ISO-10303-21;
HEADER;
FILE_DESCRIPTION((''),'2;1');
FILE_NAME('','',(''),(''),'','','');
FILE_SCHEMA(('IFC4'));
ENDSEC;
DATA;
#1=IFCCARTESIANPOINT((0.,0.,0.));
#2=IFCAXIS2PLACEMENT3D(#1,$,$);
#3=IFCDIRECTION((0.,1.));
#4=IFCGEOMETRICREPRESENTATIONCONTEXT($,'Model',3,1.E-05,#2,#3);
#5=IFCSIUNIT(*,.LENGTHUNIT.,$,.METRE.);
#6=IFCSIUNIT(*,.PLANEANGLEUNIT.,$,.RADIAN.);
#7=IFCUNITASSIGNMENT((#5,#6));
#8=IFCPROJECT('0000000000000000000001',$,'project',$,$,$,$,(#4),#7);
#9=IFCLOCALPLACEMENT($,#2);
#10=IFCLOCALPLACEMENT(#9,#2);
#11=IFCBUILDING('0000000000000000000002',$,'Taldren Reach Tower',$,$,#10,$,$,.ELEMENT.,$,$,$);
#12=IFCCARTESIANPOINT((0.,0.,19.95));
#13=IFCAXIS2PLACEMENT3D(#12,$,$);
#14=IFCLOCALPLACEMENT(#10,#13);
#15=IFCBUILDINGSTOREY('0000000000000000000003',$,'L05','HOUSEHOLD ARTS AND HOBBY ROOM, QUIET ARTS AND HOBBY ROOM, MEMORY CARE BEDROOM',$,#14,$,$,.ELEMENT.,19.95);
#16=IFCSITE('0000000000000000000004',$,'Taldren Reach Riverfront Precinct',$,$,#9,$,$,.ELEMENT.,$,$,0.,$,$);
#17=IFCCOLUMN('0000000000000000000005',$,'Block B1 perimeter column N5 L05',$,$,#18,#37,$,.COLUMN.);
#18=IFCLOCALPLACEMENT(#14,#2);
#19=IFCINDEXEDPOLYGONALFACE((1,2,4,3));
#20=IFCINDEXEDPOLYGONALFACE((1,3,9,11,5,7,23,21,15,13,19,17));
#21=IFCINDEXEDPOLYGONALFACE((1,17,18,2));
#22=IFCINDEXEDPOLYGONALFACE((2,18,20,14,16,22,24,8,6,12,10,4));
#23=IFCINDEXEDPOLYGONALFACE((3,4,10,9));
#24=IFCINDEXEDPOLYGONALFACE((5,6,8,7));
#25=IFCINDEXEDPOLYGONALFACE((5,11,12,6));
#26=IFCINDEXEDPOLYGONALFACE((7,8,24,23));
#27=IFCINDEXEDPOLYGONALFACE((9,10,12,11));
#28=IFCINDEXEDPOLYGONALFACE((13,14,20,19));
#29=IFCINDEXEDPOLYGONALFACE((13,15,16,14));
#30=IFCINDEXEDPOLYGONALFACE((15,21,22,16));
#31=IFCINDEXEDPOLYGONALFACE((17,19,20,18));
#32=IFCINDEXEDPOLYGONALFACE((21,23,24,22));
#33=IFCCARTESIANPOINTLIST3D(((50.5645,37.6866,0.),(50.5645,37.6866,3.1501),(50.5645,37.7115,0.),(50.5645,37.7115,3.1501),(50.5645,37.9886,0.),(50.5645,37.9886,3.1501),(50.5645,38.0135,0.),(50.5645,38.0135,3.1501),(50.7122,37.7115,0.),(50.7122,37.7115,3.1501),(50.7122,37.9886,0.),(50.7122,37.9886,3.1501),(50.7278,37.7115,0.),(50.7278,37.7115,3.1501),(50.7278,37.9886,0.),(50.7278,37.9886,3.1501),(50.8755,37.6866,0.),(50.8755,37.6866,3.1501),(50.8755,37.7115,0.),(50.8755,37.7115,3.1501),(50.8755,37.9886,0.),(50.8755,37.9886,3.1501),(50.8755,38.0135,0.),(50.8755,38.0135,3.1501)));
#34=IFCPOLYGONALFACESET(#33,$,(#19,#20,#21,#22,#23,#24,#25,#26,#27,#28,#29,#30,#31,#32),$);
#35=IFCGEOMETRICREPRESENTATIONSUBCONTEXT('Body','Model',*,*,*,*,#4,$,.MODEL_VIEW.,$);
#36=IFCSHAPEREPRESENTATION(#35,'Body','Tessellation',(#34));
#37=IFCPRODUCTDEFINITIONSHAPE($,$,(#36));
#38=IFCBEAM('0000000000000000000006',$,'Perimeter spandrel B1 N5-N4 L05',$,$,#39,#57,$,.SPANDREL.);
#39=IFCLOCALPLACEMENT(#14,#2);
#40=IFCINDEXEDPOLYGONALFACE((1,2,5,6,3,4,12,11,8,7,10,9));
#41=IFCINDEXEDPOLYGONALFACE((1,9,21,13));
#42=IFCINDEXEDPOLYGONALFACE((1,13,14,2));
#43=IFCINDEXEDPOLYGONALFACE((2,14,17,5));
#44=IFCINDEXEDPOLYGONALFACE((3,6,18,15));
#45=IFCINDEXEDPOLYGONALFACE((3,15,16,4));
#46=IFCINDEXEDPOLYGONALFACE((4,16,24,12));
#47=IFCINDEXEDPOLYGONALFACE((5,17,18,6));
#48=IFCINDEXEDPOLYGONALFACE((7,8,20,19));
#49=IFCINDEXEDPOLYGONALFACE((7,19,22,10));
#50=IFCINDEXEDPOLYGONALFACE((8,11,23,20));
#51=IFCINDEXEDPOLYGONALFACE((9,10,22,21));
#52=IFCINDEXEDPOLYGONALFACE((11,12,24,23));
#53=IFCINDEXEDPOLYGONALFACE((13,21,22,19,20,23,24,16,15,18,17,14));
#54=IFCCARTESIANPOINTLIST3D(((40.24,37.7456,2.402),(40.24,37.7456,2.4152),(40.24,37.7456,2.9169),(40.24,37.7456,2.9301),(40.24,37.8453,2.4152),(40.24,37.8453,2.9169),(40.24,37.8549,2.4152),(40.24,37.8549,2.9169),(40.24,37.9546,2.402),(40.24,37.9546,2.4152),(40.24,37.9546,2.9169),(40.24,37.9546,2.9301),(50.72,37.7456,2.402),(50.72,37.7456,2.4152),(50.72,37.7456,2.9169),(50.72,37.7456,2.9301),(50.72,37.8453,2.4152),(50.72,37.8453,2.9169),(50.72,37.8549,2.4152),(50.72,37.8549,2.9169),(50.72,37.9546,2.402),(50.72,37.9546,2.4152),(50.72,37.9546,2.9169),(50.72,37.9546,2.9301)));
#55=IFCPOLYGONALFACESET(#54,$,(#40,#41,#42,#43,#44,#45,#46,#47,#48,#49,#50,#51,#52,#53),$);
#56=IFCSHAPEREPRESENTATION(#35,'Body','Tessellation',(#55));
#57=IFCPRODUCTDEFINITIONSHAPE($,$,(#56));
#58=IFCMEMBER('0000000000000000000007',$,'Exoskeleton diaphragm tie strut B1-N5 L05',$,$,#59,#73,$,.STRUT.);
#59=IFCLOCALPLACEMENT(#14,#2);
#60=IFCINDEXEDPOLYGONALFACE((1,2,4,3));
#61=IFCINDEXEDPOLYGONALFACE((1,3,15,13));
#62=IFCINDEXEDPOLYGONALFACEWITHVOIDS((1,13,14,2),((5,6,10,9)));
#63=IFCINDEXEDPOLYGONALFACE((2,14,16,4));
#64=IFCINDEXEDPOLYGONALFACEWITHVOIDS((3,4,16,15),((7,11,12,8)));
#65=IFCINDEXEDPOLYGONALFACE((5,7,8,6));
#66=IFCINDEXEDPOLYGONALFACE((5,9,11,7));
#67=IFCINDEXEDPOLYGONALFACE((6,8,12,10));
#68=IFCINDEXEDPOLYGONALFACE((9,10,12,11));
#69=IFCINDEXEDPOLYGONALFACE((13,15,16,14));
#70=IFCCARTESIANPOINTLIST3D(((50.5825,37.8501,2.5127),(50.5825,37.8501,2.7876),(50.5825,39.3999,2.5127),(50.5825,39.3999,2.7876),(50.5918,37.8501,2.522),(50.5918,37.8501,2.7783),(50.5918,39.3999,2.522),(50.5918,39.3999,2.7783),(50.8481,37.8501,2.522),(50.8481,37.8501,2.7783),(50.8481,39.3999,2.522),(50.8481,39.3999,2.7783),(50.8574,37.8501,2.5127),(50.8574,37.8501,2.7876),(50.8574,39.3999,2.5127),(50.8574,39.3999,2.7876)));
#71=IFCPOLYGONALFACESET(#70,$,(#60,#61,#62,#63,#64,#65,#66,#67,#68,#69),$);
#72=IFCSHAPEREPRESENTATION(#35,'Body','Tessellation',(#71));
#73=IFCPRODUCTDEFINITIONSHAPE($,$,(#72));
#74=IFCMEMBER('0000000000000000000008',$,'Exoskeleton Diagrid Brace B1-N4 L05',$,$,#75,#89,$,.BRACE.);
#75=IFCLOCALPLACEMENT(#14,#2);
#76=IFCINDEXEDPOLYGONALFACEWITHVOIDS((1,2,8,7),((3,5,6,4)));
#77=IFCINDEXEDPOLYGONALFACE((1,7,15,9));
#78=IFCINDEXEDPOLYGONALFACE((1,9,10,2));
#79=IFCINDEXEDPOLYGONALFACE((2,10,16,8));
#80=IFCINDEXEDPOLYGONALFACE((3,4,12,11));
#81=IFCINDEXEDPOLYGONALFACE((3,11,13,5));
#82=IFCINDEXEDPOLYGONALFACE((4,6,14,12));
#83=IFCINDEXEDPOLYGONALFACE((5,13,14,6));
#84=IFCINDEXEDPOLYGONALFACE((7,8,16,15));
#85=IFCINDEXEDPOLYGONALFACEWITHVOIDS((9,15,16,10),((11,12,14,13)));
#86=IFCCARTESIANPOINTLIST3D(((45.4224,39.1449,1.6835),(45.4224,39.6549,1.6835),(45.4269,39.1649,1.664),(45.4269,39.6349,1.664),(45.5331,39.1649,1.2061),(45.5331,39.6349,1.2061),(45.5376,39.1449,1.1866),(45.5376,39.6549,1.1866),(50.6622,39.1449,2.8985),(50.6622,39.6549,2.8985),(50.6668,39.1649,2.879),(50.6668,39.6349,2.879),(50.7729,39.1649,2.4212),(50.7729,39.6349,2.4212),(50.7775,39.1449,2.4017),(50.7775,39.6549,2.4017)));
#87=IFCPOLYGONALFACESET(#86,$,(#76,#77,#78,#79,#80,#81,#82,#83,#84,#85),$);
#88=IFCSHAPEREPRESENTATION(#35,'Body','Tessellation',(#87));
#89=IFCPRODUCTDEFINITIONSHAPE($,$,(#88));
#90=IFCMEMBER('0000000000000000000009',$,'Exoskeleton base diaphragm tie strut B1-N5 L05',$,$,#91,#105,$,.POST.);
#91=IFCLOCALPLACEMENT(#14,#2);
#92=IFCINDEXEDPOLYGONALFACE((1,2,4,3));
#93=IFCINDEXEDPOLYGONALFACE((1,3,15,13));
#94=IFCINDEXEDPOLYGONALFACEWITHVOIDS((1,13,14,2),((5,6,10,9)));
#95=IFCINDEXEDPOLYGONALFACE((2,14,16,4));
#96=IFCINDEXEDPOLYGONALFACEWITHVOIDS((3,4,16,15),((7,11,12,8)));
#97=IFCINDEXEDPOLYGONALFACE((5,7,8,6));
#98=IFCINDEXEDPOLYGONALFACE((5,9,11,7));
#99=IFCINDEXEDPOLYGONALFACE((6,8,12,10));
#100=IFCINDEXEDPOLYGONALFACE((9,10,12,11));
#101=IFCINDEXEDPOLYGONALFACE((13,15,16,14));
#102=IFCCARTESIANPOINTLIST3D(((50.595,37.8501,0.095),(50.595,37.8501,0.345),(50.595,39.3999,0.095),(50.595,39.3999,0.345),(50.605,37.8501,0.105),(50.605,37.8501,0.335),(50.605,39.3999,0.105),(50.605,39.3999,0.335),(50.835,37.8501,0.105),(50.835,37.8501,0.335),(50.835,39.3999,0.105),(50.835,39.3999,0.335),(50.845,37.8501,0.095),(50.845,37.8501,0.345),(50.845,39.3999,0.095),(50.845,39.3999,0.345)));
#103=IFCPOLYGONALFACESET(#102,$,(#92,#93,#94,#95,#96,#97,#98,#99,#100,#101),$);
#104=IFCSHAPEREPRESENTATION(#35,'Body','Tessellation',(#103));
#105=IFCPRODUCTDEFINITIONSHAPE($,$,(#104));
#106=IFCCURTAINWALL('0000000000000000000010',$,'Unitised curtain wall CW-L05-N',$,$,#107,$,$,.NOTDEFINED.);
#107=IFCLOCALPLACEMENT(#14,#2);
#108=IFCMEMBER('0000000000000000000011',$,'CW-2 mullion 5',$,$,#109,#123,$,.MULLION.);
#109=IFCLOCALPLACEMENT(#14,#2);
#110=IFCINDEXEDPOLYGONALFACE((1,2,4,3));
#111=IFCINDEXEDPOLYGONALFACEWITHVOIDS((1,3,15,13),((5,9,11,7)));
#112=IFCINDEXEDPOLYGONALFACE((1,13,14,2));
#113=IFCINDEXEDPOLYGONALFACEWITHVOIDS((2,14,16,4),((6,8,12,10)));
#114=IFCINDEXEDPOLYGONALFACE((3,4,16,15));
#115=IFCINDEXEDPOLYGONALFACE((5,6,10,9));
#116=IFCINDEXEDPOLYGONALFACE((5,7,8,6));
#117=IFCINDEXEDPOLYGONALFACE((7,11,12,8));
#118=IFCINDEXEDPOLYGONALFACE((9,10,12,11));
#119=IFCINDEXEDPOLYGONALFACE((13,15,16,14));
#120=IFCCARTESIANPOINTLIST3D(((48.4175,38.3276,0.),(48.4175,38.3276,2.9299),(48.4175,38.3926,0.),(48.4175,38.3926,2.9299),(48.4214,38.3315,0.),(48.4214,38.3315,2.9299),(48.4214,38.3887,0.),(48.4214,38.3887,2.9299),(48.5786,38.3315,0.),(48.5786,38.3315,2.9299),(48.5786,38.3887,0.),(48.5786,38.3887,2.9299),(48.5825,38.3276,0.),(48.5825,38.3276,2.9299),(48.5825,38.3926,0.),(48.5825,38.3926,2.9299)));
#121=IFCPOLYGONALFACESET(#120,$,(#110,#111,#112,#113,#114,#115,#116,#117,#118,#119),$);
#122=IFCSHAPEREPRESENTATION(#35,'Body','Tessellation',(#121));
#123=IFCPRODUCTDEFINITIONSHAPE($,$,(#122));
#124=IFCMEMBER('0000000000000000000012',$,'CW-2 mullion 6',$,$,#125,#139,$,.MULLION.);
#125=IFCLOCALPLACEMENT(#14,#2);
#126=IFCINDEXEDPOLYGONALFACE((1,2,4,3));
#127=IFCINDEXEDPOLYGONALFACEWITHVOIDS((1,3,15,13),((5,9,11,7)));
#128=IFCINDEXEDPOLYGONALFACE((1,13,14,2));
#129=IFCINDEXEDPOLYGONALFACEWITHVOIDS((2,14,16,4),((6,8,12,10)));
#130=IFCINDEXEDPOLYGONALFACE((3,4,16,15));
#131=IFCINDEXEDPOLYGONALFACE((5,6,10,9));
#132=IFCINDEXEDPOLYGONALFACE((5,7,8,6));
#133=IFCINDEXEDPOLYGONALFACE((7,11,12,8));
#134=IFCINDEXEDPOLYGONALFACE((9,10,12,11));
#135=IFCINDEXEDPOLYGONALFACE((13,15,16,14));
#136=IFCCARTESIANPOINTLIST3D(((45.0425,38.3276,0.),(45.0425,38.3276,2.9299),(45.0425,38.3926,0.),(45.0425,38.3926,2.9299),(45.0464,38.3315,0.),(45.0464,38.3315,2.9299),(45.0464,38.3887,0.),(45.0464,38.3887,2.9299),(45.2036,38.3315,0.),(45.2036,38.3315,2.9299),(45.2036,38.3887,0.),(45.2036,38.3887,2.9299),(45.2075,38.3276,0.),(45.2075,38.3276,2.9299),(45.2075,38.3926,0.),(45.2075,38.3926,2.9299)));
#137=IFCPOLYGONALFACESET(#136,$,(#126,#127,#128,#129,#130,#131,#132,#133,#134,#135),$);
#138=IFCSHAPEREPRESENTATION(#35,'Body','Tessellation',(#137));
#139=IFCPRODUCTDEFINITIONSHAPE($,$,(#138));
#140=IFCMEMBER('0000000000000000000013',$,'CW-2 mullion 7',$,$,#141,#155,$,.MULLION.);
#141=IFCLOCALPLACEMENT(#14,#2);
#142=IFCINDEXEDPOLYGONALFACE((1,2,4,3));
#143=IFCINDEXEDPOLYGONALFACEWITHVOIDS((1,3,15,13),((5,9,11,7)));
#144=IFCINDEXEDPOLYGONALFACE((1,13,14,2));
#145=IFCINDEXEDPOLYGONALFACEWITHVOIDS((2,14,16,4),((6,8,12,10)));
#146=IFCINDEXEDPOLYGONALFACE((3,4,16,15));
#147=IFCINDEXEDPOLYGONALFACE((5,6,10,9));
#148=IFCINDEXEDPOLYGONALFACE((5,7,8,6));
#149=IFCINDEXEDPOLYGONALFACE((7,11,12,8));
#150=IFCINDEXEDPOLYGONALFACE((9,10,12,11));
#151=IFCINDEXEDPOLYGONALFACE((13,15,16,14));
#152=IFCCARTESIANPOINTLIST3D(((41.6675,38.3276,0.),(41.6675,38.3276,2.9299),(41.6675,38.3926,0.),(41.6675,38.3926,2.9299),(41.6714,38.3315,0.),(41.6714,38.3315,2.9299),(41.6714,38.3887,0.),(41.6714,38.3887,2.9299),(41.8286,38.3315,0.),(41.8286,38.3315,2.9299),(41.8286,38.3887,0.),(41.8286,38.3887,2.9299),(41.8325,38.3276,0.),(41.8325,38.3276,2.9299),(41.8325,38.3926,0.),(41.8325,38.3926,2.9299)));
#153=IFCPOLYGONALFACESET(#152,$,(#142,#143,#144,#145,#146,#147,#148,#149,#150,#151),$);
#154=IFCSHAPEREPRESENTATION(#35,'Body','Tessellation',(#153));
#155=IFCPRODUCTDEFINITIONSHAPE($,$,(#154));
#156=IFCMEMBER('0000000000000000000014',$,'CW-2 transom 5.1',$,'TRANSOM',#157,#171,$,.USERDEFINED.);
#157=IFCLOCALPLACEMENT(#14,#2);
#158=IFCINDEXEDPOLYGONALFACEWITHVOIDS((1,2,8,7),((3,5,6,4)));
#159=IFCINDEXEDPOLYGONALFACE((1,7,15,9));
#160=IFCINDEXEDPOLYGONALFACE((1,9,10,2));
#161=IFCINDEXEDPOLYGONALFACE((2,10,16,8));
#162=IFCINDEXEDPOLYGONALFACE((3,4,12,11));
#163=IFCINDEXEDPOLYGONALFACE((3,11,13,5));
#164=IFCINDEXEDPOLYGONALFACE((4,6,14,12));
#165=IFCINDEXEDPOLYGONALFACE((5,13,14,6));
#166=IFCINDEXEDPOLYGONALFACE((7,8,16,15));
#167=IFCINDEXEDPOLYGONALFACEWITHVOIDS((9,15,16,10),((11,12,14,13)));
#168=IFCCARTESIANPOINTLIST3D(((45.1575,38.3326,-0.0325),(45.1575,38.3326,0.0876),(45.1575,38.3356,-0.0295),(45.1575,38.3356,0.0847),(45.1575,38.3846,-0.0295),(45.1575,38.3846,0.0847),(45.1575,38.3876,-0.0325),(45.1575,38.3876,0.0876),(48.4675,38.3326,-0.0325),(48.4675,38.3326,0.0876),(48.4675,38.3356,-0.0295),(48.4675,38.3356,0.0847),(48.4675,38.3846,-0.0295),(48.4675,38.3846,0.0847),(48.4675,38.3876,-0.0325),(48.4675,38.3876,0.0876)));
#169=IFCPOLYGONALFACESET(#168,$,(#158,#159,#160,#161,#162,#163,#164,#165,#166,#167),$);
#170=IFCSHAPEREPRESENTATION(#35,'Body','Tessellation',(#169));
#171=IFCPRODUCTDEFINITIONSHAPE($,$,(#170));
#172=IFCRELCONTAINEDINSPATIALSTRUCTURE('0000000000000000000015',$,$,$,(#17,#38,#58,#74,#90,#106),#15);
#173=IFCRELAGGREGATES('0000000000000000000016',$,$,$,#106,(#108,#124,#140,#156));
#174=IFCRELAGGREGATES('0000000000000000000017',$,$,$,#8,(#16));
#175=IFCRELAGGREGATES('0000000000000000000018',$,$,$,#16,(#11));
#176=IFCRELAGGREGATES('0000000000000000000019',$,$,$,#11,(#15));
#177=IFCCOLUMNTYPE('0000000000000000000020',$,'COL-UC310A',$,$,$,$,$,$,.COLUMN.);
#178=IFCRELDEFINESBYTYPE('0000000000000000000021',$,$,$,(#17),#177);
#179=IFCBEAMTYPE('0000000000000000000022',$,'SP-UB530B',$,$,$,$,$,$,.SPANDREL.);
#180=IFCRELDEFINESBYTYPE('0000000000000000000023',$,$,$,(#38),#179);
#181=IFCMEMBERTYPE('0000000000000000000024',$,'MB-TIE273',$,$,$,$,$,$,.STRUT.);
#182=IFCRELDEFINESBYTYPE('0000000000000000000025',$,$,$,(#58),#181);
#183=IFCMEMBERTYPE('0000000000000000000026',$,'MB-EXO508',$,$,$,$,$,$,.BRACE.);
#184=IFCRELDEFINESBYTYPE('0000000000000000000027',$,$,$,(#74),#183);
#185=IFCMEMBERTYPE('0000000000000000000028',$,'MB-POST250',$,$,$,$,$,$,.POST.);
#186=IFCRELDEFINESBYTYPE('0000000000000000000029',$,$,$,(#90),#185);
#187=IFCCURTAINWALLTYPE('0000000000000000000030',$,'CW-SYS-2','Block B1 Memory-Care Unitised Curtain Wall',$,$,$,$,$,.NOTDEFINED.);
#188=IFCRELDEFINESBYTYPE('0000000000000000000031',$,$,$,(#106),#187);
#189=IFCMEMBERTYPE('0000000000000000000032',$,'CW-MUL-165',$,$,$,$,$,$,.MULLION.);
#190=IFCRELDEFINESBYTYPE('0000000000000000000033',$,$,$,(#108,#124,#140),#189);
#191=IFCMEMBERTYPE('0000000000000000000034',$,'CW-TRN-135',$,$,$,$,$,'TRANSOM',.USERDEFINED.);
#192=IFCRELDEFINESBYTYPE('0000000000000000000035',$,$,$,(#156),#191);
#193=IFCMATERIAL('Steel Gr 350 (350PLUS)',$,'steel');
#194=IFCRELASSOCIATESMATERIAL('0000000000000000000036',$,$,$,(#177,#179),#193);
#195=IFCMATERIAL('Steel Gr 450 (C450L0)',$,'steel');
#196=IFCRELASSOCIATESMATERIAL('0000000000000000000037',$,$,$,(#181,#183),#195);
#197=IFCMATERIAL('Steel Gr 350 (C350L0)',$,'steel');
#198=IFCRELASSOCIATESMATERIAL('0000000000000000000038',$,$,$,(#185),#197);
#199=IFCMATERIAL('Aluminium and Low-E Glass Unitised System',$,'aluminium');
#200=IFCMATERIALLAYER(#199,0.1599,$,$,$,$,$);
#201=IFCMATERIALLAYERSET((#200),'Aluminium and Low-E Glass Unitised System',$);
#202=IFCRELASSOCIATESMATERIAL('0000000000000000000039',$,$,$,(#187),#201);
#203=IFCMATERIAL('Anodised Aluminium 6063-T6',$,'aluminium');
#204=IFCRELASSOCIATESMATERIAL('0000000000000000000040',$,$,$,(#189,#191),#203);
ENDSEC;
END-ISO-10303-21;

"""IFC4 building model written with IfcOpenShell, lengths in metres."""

from ifc_helpers import new_model, si_unit, direction, frame, origin, origin_2d, place, context, subcontext, project, spatial, hollow_rectangle, i_section, extrude, source, transform, mapped, material, layer, layer_set, material_profile, profile_set, type_object, element, aggregate, save


model = new_model("IFC4")

# Units and contexts
model_context = context("Model", 3, precision=1e-05, world=origin(), true_north=direction((0.0, 1.0)))
body_context = subcontext(model_context, "Body", "Model", "MODEL_VIEW")
ifc_project = project(units=[si_unit("LENGTHUNIT", "METRE"), si_unit("PLANEANGLEUNIT", "RADIAN")], contexts=[model_context])

# Site, building, storey
site_placement = place(None, origin())
site = spatial("IfcSite", under=ifc_project, at=site_placement, Name="Taldren Reach Riverfront Precinct", CompositionType="ELEMENT", RefElevation=0.0)
building_placement = place(site_placement, origin())
building = spatial("IfcBuilding", under=site, at=building_placement, Name="Taldren Reach Tower", CompositionType="ELEMENT")
storey_placement = place(building_placement, frame((0.0, 0.0, 19.95)))
storey = spatial("IfcBuildingStorey", under=building, at=storey_placement, Name="L05", Description="HOUSEHOLD ARTS AND HOBBY ROOM, QUIET ARTS AND HOBBY ROOM, MEMORY CARE BEDROOM", CompositionType="ELEMENT", Elevation=19.95)

# Column
ifc_material_1 = material(Name="Steel Gr 350 (350PLUS)", Category="steel")
ifc_material_profile_1 = material_profile(ifc_material_1, i_section(OverallWidth=0.311, OverallDepth=0.3269, WebThickness=0.0156, FlangeThickness=0.0249, at=origin_2d()), Name="310UC158")
ifc_profile_set_1 = profile_set([ifc_material_profile_1], Name="Steel Gr 350 (350PLUS)")
column_type = type_object("IfcColumnType", Name="COL-UC310A", PredefinedType="COLUMN", material=ifc_profile_set_1)
shared_shape_1 = source(origin(), body_context, "Body", "SweptSolid", [
    extrude(i_section(OverallWidth=0.311, OverallDepth=0.3269, WebThickness=0.0156, FlangeThickness=0.0249, at=origin_2d()), origin(), (0.0, 0.0, 1.0), 3.1501),
])
column_placement = place(storey_placement, frame((50.72, 37.8501, 0.0), z_axis=(0.0, 0.0, 1.0), x_axis=(1.0, 0.0, 0.0)))
element("IfcColumn", 1, at=column_placement, inside=storey, type_object=column_type, Name="Block B1 perimeter column N5 L05", PredefinedType="COLUMN", context=body_context, shape_type="MappedRepresentation", body=[
    mapped(shared_shape_1, transform((0.0, 0.0, 0.0), scale=1.0)),
])

# Beam
ifc_material_profile_2 = material_profile(ifc_material_1, i_section(OverallWidth=0.209, OverallDepth=0.5281, WebThickness=0.0095, FlangeThickness=0.0132, at=origin_2d()), Name="530UB82.0")
ifc_profile_set_2 = profile_set([ifc_material_profile_2], Name="Steel Gr 350 (350PLUS)")
beam_type = type_object("IfcBeamType", Name="SP-UB530B", PredefinedType="SPANDREL", material=ifc_profile_set_2)
shared_shape_2 = source(origin(), body_context, "Body", "SweptSolid", [
    extrude(i_section(OverallWidth=0.209, OverallDepth=0.5281, WebThickness=0.0095, FlangeThickness=0.0132, at=origin_2d()), origin(), (0.0, 0.0, 1.0), 10.48),
])
beam_placement = place(storey_placement, frame((50.72, 37.8501, 2.666), z_axis=(-1.0, 0.0, 0.0), x_axis=(0.0, -1.0, 0.0)))
element("IfcBeam", 2, at=beam_placement, inside=storey, type_object=beam_type, Name="Perimeter spandrel B1 N5-N4 L05", PredefinedType="SPANDREL", context=body_context, shape_type="MappedRepresentation", body=[
    mapped(shared_shape_2, transform((0.0, 0.0, 0.0), scale=1.0)),
])

# Members
ifc_material_2 = material(Name="Steel Gr 450 (C450L0)", Category="steel")
ifc_material_profile_3 = material_profile(ifc_material_2, hollow_rectangle(XDim=0.2749, YDim=0.2749, WallThickness=0.0093, at=origin_2d()), Name="275x275x9.3SHS")
ifc_profile_set_3 = profile_set([ifc_material_profile_3], Name="Steel Gr 450 (C450L0)")
member_type_1 = type_object("IfcMemberType", Name="MB-TIE273", PredefinedType="STRUT", material=ifc_profile_set_3)
shared_shape_3 = source(origin(), body_context, "Body", "SweptSolid", [
    extrude(hollow_rectangle(XDim=0.2749, YDim=0.2749, WallThickness=0.0093, at=origin_2d()), origin(), (0.0, 0.0, 1.0), 1.5498),
])
member_1_placement = place(storey_placement, frame((50.72, 37.8501, 2.6501), z_axis=(0.0, 1.0, 0.0), x_axis=(-1.0, 0.0, 0.0)))
element("IfcMember", 3, at=member_1_placement, inside=storey, type_object=member_type_1, Name="Exoskeleton diaphragm tie strut B1-N5 L05", PredefinedType="STRUT", context=body_context, shape_type="MappedRepresentation", body=[
    mapped(shared_shape_3, transform((0.0, 0.0, 0.0), scale=1.0)),
])
ifc_material_profile_4 = material_profile(ifc_material_2, hollow_rectangle(XDim=0.51, YDim=0.51, WallThickness=0.02, at=origin_2d()), Name="510x510x20.0SHS")
ifc_profile_set_4 = profile_set([ifc_material_profile_4], Name="Steel Gr 450 (C450L0)")
member_type_2 = type_object("IfcMemberType", Name="MB-EXO508", PredefinedType="BRACE", material=ifc_profile_set_4)
shared_shape_4 = source(origin(), body_context, "Body", "SweptSolid", [
    extrude(hollow_rectangle(XDim=0.51, YDim=0.51, WallThickness=0.02, at=origin_2d()), origin(), (0.0, 0.0, 1.0), 5.3789),
])
member_2_placement = place(storey_placement, frame((45.48, 39.3999, 1.4351), z_axis=(0.974152, 0.0, 0.225894), x_axis=(0.0, 1.0, 0.0)))
element("IfcMember", 4, at=member_2_placement, inside=storey, type_object=member_type_2, Name="Exoskeleton Diagrid Brace B1-N4 L05", PredefinedType="BRACE", context=body_context, shape_type="MappedRepresentation", body=[
    mapped(shared_shape_4, transform((0.0, 0.0, 0.0), scale=1.0)),
])
ifc_material_3 = material(Name="Steel Gr 350 (C350L0)", Category="steel")
ifc_material_profile_5 = material_profile(ifc_material_3, hollow_rectangle(XDim=0.25, YDim=0.25, WallThickness=0.01, at=origin_2d()), Name="250x250x10.0SHS")
ifc_profile_set_5 = profile_set([ifc_material_profile_5], Name="Steel Gr 350 (C350L0)")
member_type_3 = type_object("IfcMemberType", Name="MB-POST250", PredefinedType="POST", material=ifc_profile_set_5)
shared_shape_5 = source(origin(), body_context, "Body", "SweptSolid", [
    extrude(hollow_rectangle(XDim=0.25, YDim=0.25, WallThickness=0.01, at=origin_2d()), origin(), (0.0, 0.0, 1.0), 1.5498),
])
member_3_placement = place(storey_placement, frame((50.72, 37.8501, 0.22), z_axis=(0.0, 1.0, 0.0), x_axis=(-1.0, 0.0, 0.0)))
element("IfcMember", 5, at=member_3_placement, inside=storey, type_object=member_type_3, Name="Exoskeleton base diaphragm tie strut B1-N5 L05", PredefinedType="POST", context=body_context, shape_type="MappedRepresentation", body=[
    mapped(shared_shape_5, transform((0.0, 0.0, 0.0), scale=1.0)),
])

# Curtain wall, members
ifc_material_4 = material(Name="Aluminium and Low-E Glass Unitised System", Category="aluminium")
ifc_layer_1 = layer(ifc_material_4, 0.1599)
ifc_layer_set_1 = layer_set([ifc_layer_1], Name="Aluminium and Low-E Glass Unitised System")
curtain_wall_type = type_object("IfcCurtainWallType", Name="CW-SYS-2", Description="Block B1 Memory-Care Unitised Curtain Wall", PredefinedType="NOTDEFINED", material=ifc_layer_set_1)
curtain_wall_placement = place(storey_placement, origin())
curtain_wall = element("IfcCurtainWall", 6, at=curtain_wall_placement, inside=storey, type_object=curtain_wall_type, Name="Unitised curtain wall CW-L05-N", PredefinedType="NOTDEFINED")
ifc_material_5 = material(Name="Anodised Aluminium 6063-T6", Category="aluminium")
ifc_material_profile_6 = material_profile(ifc_material_5, hollow_rectangle(XDim=0.0649, YDim=0.165, WallThickness=0.0039, at=origin_2d()), Name="ALU-165x65x4RHS")
ifc_profile_set_6 = profile_set([ifc_material_profile_6], Name="Anodised Aluminium 6063-T6")
member_type_4 = type_object("IfcMemberType", Name="CW-MUL-165", PredefinedType="MULLION", material=ifc_profile_set_6)
shared_shape_6 = source(origin(), body_context, "Body", "SweptSolid", [
    extrude(hollow_rectangle(XDim=0.0649, YDim=0.165, WallThickness=0.0039, at=origin_2d()), origin(), (0.0, 0.0, 1.0), 2.9299),
])
member_4_placement = place(storey_placement, frame((48.5, 38.3601, 0.0), z_axis=(0.0, 0.0, 1.0), x_axis=(0.0, -1.0, 0.0)))
member_4 = element("IfcMember", 7, at=member_4_placement, type_object=member_type_4, Name="CW-2 mullion 5", PredefinedType="MULLION", context=body_context, shape_type="MappedRepresentation", body=[
    mapped(shared_shape_6, transform((0.0, 0.0, 0.0), scale=1.0)),
])
member_5_placement = place(storey_placement, frame((45.125, 38.3601, 0.0), z_axis=(0.0, 0.0, 1.0), x_axis=(0.0, -1.0, 0.0)))
member_5 = element("IfcMember", 8, at=member_5_placement, type_object=member_type_4, Name="CW-2 mullion 6", PredefinedType="MULLION", context=body_context, shape_type="MappedRepresentation", body=[
    mapped(shared_shape_6, transform((0.0, 0.0, 0.0), scale=1.0)),
])
member_6_placement = place(storey_placement, frame((41.75, 38.3601, 0.0), z_axis=(0.0, 0.0, 1.0), x_axis=(0.0, -1.0, 0.0)))
member_6 = element("IfcMember", 9, at=member_6_placement, type_object=member_type_4, Name="CW-2 mullion 7", PredefinedType="MULLION", context=body_context, shape_type="MappedRepresentation", body=[
    mapped(shared_shape_6, transform((0.0, 0.0, 0.0), scale=1.0)),
])
ifc_material_profile_7 = material_profile(ifc_material_5, hollow_rectangle(XDim=0.0549, YDim=0.1201, WallThickness=0.0029, at=origin_2d()), Name="ALU-120x55x3RHS")
ifc_profile_set_7 = profile_set([ifc_material_profile_7], Name="Anodised Aluminium 6063-T6")
member_type_5 = type_object("IfcMemberType", Name="CW-TRN-135", ElementType="TRANSOM", PredefinedType="USERDEFINED", material=ifc_profile_set_7)
shared_shape_7 = source(origin(), body_context, "Body", "SweptSolid", [
    extrude(hollow_rectangle(XDim=0.0549, YDim=0.1201, WallThickness=0.0029, at=origin_2d()), origin(), (0.0, 0.0, 1.0), 3.3101),
])
member_7_placement = place(storey_placement, frame((48.4675, 38.3601, 0.0276), z_axis=(-1.0, 0.0, 0.0), x_axis=(0.0, -1.0, 0.0)))
member_7 = element("IfcMember", 10, at=member_7_placement, type_object=member_type_5, Name="CW-2 transom 5.1", ObjectType="TRANSOM", PredefinedType="USERDEFINED", context=body_context, shape_type="MappedRepresentation", body=[
    mapped(shared_shape_7, transform((0.0, 0.0, 0.0), scale=1.0)),
])
aggregate(curtain_wall, [member_4, member_5, member_6, member_7])

save(model, "model.ifc")
